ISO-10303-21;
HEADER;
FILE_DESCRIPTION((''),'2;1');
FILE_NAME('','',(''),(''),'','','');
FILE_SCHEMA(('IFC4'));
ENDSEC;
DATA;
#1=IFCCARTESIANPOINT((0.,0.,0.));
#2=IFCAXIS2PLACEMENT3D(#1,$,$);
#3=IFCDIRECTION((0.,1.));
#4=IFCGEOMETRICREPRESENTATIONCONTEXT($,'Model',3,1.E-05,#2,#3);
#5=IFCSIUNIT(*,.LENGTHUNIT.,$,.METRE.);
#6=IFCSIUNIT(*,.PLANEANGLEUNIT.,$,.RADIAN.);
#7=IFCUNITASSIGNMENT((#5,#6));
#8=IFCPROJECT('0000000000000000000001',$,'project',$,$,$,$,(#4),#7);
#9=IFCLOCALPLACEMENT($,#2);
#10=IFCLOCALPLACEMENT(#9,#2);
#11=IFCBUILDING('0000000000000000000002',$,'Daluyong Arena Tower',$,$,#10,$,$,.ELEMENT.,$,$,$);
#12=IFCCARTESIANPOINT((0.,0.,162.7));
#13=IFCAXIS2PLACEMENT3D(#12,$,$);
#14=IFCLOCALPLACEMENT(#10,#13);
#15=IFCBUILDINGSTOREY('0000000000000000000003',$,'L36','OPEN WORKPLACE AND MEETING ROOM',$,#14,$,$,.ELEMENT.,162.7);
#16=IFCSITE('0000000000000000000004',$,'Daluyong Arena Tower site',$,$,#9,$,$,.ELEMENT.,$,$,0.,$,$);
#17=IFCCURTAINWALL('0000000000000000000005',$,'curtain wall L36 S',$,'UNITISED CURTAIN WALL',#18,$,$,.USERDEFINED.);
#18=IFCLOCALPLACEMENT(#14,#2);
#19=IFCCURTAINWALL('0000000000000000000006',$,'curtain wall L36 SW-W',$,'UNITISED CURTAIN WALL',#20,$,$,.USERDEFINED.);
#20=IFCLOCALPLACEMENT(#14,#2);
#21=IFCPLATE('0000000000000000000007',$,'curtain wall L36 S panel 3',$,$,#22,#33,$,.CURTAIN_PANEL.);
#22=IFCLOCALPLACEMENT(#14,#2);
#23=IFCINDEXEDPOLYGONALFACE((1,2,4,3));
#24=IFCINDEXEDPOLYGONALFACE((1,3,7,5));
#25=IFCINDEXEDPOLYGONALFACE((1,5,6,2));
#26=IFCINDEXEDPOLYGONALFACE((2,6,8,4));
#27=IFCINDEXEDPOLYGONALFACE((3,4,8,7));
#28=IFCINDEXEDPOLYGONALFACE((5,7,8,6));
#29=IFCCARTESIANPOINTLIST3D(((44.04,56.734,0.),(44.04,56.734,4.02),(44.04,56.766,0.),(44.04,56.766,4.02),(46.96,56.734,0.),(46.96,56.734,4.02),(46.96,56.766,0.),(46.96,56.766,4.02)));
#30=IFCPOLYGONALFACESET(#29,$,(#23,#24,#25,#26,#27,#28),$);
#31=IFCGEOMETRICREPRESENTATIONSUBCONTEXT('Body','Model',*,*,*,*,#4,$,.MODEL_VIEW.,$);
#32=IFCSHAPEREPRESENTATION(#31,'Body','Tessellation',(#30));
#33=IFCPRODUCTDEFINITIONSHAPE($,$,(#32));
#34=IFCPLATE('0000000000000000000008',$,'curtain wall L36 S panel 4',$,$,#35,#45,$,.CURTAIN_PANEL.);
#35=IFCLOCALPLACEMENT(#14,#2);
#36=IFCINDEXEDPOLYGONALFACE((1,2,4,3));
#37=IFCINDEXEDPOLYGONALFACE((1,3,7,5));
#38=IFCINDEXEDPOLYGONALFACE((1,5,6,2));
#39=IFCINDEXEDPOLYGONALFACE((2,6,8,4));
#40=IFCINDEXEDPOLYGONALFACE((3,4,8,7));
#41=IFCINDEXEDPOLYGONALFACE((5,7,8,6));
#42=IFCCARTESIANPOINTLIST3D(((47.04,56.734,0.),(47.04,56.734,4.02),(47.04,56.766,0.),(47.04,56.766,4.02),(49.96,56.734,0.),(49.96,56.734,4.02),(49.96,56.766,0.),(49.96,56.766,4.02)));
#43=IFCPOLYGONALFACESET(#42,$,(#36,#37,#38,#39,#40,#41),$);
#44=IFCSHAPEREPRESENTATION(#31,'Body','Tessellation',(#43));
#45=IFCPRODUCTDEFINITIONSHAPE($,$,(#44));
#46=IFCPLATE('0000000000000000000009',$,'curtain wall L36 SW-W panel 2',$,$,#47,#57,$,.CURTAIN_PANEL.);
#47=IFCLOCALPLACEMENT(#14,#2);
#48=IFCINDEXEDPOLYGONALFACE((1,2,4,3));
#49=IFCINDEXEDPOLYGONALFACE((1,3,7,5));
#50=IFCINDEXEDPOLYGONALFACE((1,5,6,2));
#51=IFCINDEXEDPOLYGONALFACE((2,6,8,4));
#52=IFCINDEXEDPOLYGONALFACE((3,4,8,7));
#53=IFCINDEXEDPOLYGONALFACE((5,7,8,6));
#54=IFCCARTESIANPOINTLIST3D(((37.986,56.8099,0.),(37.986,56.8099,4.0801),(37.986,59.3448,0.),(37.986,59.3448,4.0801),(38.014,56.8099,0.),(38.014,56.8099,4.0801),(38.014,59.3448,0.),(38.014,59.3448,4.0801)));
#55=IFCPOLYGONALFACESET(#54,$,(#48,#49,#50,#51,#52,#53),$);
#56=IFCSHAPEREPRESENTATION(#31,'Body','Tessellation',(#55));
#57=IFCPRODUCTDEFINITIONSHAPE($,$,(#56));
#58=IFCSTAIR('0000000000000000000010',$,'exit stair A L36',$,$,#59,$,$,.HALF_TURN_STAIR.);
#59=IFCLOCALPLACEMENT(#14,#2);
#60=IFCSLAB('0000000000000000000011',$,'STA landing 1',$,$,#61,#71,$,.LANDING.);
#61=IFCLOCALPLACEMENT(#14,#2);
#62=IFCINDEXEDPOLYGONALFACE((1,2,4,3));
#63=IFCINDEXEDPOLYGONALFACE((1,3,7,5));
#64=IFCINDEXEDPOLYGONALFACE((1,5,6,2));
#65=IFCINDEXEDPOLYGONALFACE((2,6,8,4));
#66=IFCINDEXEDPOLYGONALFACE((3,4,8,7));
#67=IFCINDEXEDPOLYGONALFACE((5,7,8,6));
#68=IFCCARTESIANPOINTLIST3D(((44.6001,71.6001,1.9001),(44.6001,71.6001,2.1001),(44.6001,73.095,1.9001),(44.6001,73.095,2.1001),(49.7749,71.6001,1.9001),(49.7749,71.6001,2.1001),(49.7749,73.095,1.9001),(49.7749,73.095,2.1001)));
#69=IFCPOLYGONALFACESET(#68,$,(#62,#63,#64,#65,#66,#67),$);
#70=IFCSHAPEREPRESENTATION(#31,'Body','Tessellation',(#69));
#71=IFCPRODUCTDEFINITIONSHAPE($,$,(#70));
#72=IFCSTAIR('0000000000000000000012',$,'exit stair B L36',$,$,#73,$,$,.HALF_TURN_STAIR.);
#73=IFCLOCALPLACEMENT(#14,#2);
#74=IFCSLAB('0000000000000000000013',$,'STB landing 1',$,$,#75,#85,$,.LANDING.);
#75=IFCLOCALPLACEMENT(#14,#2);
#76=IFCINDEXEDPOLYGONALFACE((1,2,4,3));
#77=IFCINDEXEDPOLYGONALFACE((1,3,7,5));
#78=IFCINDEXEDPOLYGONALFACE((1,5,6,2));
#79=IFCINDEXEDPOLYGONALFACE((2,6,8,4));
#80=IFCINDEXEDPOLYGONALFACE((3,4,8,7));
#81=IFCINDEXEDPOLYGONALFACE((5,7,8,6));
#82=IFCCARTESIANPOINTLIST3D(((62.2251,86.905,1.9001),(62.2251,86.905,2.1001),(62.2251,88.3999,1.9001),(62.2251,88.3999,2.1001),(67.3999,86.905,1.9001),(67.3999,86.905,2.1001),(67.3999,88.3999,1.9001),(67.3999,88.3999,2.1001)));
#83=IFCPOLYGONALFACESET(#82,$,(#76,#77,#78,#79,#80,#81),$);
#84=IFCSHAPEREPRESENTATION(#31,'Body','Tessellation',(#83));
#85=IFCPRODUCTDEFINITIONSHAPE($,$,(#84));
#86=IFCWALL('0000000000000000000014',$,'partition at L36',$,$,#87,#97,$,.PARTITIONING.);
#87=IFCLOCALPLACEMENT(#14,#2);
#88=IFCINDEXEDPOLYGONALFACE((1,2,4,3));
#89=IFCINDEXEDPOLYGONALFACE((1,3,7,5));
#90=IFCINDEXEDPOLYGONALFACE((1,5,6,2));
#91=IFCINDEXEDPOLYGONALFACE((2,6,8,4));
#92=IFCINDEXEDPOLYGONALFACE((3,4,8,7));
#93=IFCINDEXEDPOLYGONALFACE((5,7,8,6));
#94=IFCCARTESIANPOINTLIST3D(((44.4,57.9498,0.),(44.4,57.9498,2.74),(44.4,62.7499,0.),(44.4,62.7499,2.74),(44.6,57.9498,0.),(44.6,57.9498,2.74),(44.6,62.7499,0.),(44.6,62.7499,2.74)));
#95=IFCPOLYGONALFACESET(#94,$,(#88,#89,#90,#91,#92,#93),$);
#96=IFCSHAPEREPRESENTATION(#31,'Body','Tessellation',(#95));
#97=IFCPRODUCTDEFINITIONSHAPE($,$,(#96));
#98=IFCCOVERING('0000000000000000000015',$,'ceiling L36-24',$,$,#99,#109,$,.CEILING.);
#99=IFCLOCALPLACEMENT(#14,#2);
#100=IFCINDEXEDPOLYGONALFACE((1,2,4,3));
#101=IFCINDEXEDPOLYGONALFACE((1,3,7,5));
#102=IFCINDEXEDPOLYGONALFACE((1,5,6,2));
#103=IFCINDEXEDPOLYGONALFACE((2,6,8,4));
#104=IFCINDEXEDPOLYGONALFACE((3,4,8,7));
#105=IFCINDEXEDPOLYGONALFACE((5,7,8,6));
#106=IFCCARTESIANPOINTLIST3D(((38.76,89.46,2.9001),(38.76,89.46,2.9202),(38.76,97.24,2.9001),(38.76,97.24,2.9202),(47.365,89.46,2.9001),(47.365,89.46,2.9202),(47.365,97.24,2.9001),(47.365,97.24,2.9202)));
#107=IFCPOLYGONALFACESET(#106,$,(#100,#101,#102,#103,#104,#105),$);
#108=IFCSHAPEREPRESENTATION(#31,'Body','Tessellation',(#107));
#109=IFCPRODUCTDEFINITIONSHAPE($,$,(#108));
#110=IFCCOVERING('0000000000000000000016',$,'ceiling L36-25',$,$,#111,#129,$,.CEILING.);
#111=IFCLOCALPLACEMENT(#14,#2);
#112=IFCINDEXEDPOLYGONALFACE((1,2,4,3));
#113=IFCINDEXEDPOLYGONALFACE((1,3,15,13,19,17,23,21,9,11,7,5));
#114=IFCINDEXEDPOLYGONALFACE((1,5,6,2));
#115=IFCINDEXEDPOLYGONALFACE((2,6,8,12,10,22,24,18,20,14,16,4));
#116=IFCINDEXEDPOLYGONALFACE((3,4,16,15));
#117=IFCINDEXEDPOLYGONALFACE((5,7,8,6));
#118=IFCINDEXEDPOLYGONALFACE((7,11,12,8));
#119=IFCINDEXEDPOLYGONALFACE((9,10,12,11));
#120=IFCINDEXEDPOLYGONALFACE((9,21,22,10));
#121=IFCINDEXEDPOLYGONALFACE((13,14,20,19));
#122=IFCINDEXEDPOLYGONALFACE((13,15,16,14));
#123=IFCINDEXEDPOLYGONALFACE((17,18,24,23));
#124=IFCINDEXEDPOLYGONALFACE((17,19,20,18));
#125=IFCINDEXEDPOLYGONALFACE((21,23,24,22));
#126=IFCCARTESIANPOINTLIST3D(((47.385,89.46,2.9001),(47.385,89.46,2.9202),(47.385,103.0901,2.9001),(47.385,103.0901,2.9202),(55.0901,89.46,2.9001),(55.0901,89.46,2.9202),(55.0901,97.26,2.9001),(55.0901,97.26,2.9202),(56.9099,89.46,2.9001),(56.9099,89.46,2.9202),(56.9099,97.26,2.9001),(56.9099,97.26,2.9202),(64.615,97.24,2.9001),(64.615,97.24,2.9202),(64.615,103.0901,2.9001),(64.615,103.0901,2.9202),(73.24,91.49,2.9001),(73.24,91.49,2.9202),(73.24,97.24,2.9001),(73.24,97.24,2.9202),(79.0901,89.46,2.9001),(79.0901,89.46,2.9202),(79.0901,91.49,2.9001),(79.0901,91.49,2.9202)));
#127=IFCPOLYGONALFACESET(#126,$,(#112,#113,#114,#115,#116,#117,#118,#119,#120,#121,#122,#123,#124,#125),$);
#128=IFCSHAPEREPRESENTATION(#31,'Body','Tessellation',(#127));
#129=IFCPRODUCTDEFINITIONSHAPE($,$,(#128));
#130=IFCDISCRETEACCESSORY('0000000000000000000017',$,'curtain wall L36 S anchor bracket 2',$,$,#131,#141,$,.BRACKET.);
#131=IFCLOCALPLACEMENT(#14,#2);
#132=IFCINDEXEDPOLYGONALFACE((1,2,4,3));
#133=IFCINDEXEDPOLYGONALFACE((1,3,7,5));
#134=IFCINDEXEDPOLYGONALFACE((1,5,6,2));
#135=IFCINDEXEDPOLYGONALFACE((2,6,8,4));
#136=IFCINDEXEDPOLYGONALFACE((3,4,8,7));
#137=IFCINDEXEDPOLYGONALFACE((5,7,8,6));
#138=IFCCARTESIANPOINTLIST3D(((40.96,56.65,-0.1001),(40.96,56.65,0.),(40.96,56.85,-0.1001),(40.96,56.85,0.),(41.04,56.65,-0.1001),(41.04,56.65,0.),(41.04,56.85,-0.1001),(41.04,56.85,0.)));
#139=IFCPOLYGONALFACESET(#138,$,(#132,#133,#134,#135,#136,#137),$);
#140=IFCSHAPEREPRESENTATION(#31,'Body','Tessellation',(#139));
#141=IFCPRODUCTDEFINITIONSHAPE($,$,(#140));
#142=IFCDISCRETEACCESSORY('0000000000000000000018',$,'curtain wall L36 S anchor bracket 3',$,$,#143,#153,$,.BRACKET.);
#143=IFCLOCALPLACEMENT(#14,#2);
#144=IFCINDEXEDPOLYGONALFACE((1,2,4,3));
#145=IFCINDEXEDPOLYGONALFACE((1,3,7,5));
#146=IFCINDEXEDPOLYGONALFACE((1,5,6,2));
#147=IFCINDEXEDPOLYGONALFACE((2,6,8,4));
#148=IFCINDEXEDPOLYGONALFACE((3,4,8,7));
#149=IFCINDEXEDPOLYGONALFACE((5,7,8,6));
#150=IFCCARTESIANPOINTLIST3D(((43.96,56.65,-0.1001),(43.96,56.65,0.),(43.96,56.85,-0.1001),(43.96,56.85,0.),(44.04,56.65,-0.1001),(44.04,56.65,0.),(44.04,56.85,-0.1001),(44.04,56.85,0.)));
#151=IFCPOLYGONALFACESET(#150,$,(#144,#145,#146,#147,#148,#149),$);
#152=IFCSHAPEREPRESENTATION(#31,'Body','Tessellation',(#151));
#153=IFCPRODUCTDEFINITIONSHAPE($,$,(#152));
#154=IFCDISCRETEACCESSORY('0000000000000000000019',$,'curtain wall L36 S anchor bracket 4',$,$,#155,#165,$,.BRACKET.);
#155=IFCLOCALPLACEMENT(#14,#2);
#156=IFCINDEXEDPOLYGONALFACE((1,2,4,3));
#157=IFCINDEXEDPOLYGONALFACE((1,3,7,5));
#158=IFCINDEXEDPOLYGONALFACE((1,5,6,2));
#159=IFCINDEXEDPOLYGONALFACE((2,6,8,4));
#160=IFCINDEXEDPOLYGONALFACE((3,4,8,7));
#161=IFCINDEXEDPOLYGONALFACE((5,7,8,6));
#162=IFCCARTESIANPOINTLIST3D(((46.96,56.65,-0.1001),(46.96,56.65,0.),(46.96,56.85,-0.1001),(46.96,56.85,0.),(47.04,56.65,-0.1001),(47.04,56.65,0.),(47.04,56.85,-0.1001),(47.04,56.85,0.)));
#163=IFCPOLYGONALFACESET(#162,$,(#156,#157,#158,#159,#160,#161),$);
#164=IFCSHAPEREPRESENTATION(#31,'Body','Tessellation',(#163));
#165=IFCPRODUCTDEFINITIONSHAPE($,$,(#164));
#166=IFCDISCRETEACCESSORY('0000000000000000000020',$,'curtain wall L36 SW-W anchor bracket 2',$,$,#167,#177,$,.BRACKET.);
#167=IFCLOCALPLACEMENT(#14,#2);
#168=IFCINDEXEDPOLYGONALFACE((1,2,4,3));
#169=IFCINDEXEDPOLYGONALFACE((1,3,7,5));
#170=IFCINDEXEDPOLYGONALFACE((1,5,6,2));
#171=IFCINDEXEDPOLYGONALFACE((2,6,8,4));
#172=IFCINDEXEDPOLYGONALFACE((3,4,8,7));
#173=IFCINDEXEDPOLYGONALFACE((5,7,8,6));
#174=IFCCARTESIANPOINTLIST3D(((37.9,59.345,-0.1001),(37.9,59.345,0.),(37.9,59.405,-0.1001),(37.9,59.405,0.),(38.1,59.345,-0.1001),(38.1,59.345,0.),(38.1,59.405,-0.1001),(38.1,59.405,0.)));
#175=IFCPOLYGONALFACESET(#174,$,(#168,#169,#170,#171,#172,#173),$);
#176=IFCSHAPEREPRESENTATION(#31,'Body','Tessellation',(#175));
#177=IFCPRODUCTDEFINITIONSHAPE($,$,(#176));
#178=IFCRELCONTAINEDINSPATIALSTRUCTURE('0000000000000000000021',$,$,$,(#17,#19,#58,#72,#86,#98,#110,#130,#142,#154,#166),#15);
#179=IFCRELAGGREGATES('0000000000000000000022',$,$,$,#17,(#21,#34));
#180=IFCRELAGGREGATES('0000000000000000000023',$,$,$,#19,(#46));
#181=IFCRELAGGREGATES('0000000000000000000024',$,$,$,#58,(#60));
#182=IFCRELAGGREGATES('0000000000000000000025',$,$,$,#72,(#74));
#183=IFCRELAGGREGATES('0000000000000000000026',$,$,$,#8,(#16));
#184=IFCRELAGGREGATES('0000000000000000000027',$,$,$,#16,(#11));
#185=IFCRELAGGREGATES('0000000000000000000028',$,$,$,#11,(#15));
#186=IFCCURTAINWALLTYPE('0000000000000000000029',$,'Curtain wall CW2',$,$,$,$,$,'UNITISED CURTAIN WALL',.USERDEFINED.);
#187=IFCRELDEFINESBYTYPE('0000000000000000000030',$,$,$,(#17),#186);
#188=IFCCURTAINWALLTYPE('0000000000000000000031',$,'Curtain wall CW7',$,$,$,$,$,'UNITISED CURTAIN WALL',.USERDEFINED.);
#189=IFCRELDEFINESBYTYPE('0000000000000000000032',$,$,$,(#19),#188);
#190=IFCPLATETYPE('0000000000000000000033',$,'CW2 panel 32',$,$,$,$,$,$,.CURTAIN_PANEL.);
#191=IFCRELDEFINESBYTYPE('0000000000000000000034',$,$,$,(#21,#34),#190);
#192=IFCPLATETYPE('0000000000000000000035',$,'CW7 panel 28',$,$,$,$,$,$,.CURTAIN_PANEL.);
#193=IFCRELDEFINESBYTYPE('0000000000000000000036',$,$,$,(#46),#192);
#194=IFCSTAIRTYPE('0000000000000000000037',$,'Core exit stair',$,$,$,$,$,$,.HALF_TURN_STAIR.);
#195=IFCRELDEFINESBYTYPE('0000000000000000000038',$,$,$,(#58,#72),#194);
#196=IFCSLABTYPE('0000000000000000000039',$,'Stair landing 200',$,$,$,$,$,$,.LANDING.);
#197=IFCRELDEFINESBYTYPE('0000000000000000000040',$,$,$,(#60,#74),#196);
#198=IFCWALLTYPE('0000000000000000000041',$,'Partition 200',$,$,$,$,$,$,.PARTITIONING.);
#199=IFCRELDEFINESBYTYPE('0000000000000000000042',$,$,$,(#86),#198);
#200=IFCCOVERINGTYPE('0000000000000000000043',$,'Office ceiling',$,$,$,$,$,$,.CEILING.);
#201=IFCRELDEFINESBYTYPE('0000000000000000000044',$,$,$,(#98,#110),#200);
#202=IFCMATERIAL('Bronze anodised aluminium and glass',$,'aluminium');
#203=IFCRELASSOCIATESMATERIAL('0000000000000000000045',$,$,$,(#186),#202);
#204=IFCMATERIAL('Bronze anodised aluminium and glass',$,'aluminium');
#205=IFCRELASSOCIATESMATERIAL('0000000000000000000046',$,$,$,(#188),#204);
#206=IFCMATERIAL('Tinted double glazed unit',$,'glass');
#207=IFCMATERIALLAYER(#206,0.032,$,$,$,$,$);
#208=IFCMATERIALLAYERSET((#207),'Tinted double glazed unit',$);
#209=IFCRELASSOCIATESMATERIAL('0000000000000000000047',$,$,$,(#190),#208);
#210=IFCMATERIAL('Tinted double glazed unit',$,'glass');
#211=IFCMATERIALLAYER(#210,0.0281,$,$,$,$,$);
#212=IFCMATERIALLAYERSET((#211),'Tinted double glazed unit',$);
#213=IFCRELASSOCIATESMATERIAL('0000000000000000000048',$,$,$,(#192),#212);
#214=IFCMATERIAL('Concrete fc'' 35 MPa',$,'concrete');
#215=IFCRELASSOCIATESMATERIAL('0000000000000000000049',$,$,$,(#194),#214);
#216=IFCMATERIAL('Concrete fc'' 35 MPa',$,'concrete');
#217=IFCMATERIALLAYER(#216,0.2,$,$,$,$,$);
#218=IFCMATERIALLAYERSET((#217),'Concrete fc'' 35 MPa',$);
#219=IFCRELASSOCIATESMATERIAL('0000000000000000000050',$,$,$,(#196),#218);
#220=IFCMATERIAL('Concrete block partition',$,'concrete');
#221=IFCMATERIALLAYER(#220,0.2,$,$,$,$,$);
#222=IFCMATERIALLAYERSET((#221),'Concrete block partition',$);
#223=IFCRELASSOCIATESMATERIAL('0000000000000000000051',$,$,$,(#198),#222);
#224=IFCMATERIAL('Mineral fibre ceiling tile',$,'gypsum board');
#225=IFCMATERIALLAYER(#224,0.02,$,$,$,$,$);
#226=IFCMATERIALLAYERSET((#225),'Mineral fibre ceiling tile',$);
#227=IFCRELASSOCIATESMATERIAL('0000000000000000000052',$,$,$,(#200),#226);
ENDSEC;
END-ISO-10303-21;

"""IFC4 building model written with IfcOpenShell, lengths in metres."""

from ifc_helpers import new_model, si_unit, direction, frame, frame_2d, origin, origin_2d, place, context, subcontext, project, spatial, polyline, rectangle, outline, extrude, material, layer, layer_set, type_object, element, aggregate, save


model = new_model("IFC4")

# Units and contexts
model_context = context("Model", 3, precision=1e-05, world=origin(), true_north=direction((0.0, 1.0)))
body_context = subcontext(model_context, "Body", "Model", "MODEL_VIEW")
ifc_project = project(units=[si_unit("LENGTHUNIT", "METRE"), si_unit("PLANEANGLEUNIT", "RADIAN")], contexts=[model_context])

# Site, building, storey
site_placement = place(None, origin())
site = spatial("IfcSite", under=ifc_project, at=site_placement, Name="Daluyong Arena Tower site", CompositionType="ELEMENT", RefElevation=0.0)
building_placement = place(site_placement, origin())
building = spatial("IfcBuilding", under=site, at=building_placement, Name="Daluyong Arena Tower", CompositionType="ELEMENT")
storey_placement = place(building_placement, frame((0.0, 0.0, 162.7)))
storey = spatial("IfcBuildingStorey", under=building, at=storey_placement, Name="L36", Description="OPEN WORKPLACE AND MEETING ROOM", CompositionType="ELEMENT", Elevation=162.7)

# Curtain walls
ifc_material_1 = material(Name="Bronze anodised aluminium and glass", Category="aluminium")
curtain_wall_type_1 = type_object("IfcCurtainWallType", Name="Curtain wall CW2", ElementType="UNITISED CURTAIN WALL", PredefinedType="USERDEFINED", material=ifc_material_1)
curtain_wall_1_placement = place(storey_placement, origin())
curtain_wall_1 = element("IfcCurtainWall", 1, at=curtain_wall_1_placement, inside=storey, type_object=curtain_wall_type_1, Name="curtain wall L36 S", ObjectType="UNITISED CURTAIN WALL", PredefinedType="USERDEFINED")
ifc_material_2 = material(Name="Bronze anodised aluminium and glass", Category="aluminium")
curtain_wall_type_2 = type_object("IfcCurtainWallType", Name="Curtain wall CW7", ElementType="UNITISED CURTAIN WALL", PredefinedType="USERDEFINED", material=ifc_material_2)
curtain_wall_2_placement = place(storey_placement, origin())
curtain_wall_2 = element("IfcCurtainWall", 2, at=curtain_wall_2_placement, inside=storey, type_object=curtain_wall_type_2, Name="curtain wall L36 SW-W", ObjectType="UNITISED CURTAIN WALL", PredefinedType="USERDEFINED")

# Plates
ifc_material_3 = material(Name="Tinted double glazed unit", Category="glass")
ifc_layer_1 = layer(ifc_material_3, 0.032)
ifc_layer_set_1 = layer_set([ifc_layer_1], Name="Tinted double glazed unit")
plate_type_1 = type_object("IfcPlateType", Name="CW2 panel 32", PredefinedType="CURTAIN_PANEL", material=ifc_layer_set_1)
plate_1_placement = place(storey_placement, frame((45.5, 56.75, 0.0), z_axis=(0.0, 0.0, 1.0), x_axis=(1.0, 0.0, 0.0)))
plate_1 = element("IfcPlate", 3, at=plate_1_placement, type_object=plate_type_1, Name="curtain wall L36 S panel 3", PredefinedType="CURTAIN_PANEL", context=body_context, shape_type="SweptSolid", body=[
    extrude(rectangle(XDim=2.9199, YDim=0.032, at=origin_2d()), origin(), (0.0, 0.0, 1.0), 4.02),
])
plate_2_placement = place(storey_placement, frame((48.5, 56.75, 0.0), z_axis=(0.0, 0.0, 1.0), x_axis=(1.0, 0.0, 0.0)))
plate_2 = element("IfcPlate", 4, at=plate_2_placement, type_object=plate_type_1, Name="curtain wall L36 S panel 4", PredefinedType="CURTAIN_PANEL", context=body_context, shape_type="SweptSolid", body=[
    extrude(rectangle(XDim=2.9199, YDim=0.032, at=origin_2d()), origin(), (0.0, 0.0, 1.0), 4.02),
])
aggregate(curtain_wall_1, [plate_1, plate_2])
ifc_material_4 = material(Name="Tinted double glazed unit", Category="glass")
ifc_layer_2 = layer(ifc_material_4, 0.0281)
ifc_layer_set_2 = layer_set([ifc_layer_2], Name="Tinted double glazed unit")
plate_type_2 = type_object("IfcPlateType", Name="CW7 panel 28", PredefinedType="CURTAIN_PANEL", material=ifc_layer_set_2)
plate_3_placement = place(storey_placement, frame((38.0, 58.0774, 0.0), z_axis=(0.0, 0.0, 1.0), x_axis=(0.0, -1.0, 0.0)))
plate_3 = element("IfcPlate", 5, at=plate_3_placement, type_object=plate_type_2, Name="curtain wall L36 SW-W panel 2", PredefinedType="CURTAIN_PANEL", context=body_context, shape_type="SweptSolid", body=[
    extrude(rectangle(XDim=2.5349, YDim=0.0281, at=origin_2d()), origin(), (0.0, 0.0, 1.0), 4.0801),
])
aggregate(curtain_wall_2, [plate_3])

# Stairs, slabs
ifc_material_5 = material(Name="Concrete fc' 35 MPa", Category="concrete")
stair_type = type_object("IfcStairType", Name="Core exit stair", PredefinedType="HALF_TURN_STAIR", material=ifc_material_5)
stair_1_placement = place(storey_placement, origin())
stair_1 = element("IfcStair", 6, at=stair_1_placement, inside=storey, type_object=stair_type, Name="exit stair A L36", PredefinedType="HALF_TURN_STAIR")
ifc_material_6 = material(Name="Concrete fc' 35 MPa", Category="concrete")
ifc_layer_3 = layer(ifc_material_6, 0.2)
ifc_layer_set_3 = layer_set([ifc_layer_3], Name="Concrete fc' 35 MPa")
slab_type = type_object("IfcSlabType", Name="Stair landing 200", PredefinedType="LANDING", material=ifc_layer_set_3)
slab_1_placement = place(storey_placement, frame((0.0, 0.0, 1.9001)))
slab_1 = element("IfcSlab", 7, at=slab_1_placement, type_object=slab_type, Name="STA landing 1", PredefinedType="LANDING", context=body_context, shape_type="SweptSolid", body=[
    extrude(outline(polyline([(44.6001, 71.6001), (49.7749, 71.6001), (49.7749, 73.095), (44.6001, 73.095), (44.6001, 71.6001)])), origin(), (0.0, 0.0, 1.0), 0.2),
])
aggregate(stair_1, [slab_1])
stair_2_placement = place(storey_placement, origin())
stair_2 = element("IfcStair", 8, at=stair_2_placement, inside=storey, type_object=stair_type, Name="exit stair B L36", PredefinedType="HALF_TURN_STAIR")
slab_2_placement = place(storey_placement, frame((0.0, 0.0, 1.9001)))
slab_2 = element("IfcSlab", 9, at=slab_2_placement, type_object=slab_type, Name="STB landing 1", PredefinedType="LANDING", context=body_context, shape_type="SweptSolid", body=[
    extrude(outline(polyline([(62.2251, 86.905), (67.3999, 86.905), (67.3999, 88.3999), (62.2251, 88.3999), (62.2251, 86.905)])), origin(), (0.0, 0.0, 1.0), 0.2),
])
aggregate(stair_2, [slab_2])

# Wall
ifc_material_7 = material(Name="Concrete block partition", Category="concrete")
ifc_layer_4 = layer(ifc_material_7, 0.2)
ifc_layer_set_4 = layer_set([ifc_layer_4], Name="Concrete block partition")
wall_type = type_object("IfcWallType", Name="Partition 200", PredefinedType="PARTITIONING", material=ifc_layer_set_4)
wall_placement = place(storey_placement, frame((44.5, 57.95, 0.0), z_axis=(0.0, 0.0, 1.0), x_axis=(0.0, 1.0, 0.0)))
element("IfcWall", 10, at=wall_placement, inside=storey, type_object=wall_type, Name="partition at L36", PredefinedType="PARTITIONING", context=body_context, shape_type="SweptSolid", body=[
    extrude(rectangle(XDim=4.8, YDim=0.2, at=frame_2d((2.3999, 0.0))), origin(), (0.0, 0.0, 1.0), 2.74),
])

# Coverings
ifc_material_8 = material(Name="Mineral fibre ceiling tile", Category="gypsum board")
ifc_layer_5 = layer(ifc_material_8, 0.02)
ifc_layer_set_5 = layer_set([ifc_layer_5], Name="Mineral fibre ceiling tile")
covering_type = type_object("IfcCoveringType", Name="Office ceiling", PredefinedType="CEILING", material=ifc_layer_set_5)
covering_1_placement = place(storey_placement, frame((0.0, 0.0, 2.9001)))
element("IfcCovering", 11, at=covering_1_placement, inside=storey, type_object=covering_type, Name="ceiling L36-24", PredefinedType="CEILING", context=body_context, shape_type="SweptSolid", body=[
    extrude(outline(polyline([(38.76, 97.24), (38.76, 89.46), (47.365, 89.46), (47.365, 97.24), (38.76, 97.24)])), origin(), (0.0, 0.0, 1.0), 0.02),
])
covering_2_placement = place(storey_placement, frame((0.0, 0.0, 2.9001)))
element("IfcCovering", 12, at=covering_2_placement, inside=storey, type_object=covering_type, Name="ceiling L36-25", PredefinedType="CEILING", context=body_context, shape_type="SweptSolid", body=[
    extrude(outline(polyline([(64.615, 103.0901), (47.385, 103.0901), (47.385, 89.46), (55.0901, 89.46), (55.0901, 97.26), (56.9099, 97.26), (56.9099, 89.46), (79.0901, 89.46), (79.0901, 91.49), (73.24, 91.49), (73.24, 97.24), (64.615, 97.24), (64.615, 103.0901)])), origin(), (0.0, 0.0, 1.0), 0.02),
])

# Discrete accessories
for number, where, z_axis, x_axis, name in (
    (13, (41.0, 56.75, -0.1001), (0.0, 0.0, 1.0), (1.0, 0.0, 0.0), "curtain wall L36 S anchor bracket 2"),
    (14, (44.0, 56.75, -0.1001), (0.0, 0.0, 1.0), (1.0, 0.0, 0.0), "curtain wall L36 S anchor bracket 3"),
    (15, (47.0, 56.75, -0.1001), (0.0, 0.0, 1.0), (1.0, 0.0, 0.0), "curtain wall L36 S anchor bracket 4"),
):
    element("IfcDiscreteAccessory", number, at=place(storey_placement, frame(where, z_axis=z_axis, x_axis=x_axis)), inside=storey, Name=name, PredefinedType="BRACKET", context=body_context, shape_type="SweptSolid", body=[
        extrude(rectangle(XDim=0.0801, YDim=0.2, at=origin_2d()), origin(), (0.0, 0.0, 1.0), 0.1001),
    ])
discrete_accessory_placement = place(storey_placement, frame((38.0, 59.375, -0.1001), z_axis=(0.0, 0.0, 1.0), x_axis=(0.0, -1.0, 0.0)))
element("IfcDiscreteAccessory", 16, at=discrete_accessory_placement, inside=storey, Name="curtain wall L36 SW-W anchor bracket 2", PredefinedType="BRACKET", context=body_context, shape_type="SweptSolid", body=[
    extrude(rectangle(XDim=0.0601, YDim=0.2, at=origin_2d()), origin(), (0.0, 0.0, 1.0), 0.1001),
])

save(model, "model.ifc")
